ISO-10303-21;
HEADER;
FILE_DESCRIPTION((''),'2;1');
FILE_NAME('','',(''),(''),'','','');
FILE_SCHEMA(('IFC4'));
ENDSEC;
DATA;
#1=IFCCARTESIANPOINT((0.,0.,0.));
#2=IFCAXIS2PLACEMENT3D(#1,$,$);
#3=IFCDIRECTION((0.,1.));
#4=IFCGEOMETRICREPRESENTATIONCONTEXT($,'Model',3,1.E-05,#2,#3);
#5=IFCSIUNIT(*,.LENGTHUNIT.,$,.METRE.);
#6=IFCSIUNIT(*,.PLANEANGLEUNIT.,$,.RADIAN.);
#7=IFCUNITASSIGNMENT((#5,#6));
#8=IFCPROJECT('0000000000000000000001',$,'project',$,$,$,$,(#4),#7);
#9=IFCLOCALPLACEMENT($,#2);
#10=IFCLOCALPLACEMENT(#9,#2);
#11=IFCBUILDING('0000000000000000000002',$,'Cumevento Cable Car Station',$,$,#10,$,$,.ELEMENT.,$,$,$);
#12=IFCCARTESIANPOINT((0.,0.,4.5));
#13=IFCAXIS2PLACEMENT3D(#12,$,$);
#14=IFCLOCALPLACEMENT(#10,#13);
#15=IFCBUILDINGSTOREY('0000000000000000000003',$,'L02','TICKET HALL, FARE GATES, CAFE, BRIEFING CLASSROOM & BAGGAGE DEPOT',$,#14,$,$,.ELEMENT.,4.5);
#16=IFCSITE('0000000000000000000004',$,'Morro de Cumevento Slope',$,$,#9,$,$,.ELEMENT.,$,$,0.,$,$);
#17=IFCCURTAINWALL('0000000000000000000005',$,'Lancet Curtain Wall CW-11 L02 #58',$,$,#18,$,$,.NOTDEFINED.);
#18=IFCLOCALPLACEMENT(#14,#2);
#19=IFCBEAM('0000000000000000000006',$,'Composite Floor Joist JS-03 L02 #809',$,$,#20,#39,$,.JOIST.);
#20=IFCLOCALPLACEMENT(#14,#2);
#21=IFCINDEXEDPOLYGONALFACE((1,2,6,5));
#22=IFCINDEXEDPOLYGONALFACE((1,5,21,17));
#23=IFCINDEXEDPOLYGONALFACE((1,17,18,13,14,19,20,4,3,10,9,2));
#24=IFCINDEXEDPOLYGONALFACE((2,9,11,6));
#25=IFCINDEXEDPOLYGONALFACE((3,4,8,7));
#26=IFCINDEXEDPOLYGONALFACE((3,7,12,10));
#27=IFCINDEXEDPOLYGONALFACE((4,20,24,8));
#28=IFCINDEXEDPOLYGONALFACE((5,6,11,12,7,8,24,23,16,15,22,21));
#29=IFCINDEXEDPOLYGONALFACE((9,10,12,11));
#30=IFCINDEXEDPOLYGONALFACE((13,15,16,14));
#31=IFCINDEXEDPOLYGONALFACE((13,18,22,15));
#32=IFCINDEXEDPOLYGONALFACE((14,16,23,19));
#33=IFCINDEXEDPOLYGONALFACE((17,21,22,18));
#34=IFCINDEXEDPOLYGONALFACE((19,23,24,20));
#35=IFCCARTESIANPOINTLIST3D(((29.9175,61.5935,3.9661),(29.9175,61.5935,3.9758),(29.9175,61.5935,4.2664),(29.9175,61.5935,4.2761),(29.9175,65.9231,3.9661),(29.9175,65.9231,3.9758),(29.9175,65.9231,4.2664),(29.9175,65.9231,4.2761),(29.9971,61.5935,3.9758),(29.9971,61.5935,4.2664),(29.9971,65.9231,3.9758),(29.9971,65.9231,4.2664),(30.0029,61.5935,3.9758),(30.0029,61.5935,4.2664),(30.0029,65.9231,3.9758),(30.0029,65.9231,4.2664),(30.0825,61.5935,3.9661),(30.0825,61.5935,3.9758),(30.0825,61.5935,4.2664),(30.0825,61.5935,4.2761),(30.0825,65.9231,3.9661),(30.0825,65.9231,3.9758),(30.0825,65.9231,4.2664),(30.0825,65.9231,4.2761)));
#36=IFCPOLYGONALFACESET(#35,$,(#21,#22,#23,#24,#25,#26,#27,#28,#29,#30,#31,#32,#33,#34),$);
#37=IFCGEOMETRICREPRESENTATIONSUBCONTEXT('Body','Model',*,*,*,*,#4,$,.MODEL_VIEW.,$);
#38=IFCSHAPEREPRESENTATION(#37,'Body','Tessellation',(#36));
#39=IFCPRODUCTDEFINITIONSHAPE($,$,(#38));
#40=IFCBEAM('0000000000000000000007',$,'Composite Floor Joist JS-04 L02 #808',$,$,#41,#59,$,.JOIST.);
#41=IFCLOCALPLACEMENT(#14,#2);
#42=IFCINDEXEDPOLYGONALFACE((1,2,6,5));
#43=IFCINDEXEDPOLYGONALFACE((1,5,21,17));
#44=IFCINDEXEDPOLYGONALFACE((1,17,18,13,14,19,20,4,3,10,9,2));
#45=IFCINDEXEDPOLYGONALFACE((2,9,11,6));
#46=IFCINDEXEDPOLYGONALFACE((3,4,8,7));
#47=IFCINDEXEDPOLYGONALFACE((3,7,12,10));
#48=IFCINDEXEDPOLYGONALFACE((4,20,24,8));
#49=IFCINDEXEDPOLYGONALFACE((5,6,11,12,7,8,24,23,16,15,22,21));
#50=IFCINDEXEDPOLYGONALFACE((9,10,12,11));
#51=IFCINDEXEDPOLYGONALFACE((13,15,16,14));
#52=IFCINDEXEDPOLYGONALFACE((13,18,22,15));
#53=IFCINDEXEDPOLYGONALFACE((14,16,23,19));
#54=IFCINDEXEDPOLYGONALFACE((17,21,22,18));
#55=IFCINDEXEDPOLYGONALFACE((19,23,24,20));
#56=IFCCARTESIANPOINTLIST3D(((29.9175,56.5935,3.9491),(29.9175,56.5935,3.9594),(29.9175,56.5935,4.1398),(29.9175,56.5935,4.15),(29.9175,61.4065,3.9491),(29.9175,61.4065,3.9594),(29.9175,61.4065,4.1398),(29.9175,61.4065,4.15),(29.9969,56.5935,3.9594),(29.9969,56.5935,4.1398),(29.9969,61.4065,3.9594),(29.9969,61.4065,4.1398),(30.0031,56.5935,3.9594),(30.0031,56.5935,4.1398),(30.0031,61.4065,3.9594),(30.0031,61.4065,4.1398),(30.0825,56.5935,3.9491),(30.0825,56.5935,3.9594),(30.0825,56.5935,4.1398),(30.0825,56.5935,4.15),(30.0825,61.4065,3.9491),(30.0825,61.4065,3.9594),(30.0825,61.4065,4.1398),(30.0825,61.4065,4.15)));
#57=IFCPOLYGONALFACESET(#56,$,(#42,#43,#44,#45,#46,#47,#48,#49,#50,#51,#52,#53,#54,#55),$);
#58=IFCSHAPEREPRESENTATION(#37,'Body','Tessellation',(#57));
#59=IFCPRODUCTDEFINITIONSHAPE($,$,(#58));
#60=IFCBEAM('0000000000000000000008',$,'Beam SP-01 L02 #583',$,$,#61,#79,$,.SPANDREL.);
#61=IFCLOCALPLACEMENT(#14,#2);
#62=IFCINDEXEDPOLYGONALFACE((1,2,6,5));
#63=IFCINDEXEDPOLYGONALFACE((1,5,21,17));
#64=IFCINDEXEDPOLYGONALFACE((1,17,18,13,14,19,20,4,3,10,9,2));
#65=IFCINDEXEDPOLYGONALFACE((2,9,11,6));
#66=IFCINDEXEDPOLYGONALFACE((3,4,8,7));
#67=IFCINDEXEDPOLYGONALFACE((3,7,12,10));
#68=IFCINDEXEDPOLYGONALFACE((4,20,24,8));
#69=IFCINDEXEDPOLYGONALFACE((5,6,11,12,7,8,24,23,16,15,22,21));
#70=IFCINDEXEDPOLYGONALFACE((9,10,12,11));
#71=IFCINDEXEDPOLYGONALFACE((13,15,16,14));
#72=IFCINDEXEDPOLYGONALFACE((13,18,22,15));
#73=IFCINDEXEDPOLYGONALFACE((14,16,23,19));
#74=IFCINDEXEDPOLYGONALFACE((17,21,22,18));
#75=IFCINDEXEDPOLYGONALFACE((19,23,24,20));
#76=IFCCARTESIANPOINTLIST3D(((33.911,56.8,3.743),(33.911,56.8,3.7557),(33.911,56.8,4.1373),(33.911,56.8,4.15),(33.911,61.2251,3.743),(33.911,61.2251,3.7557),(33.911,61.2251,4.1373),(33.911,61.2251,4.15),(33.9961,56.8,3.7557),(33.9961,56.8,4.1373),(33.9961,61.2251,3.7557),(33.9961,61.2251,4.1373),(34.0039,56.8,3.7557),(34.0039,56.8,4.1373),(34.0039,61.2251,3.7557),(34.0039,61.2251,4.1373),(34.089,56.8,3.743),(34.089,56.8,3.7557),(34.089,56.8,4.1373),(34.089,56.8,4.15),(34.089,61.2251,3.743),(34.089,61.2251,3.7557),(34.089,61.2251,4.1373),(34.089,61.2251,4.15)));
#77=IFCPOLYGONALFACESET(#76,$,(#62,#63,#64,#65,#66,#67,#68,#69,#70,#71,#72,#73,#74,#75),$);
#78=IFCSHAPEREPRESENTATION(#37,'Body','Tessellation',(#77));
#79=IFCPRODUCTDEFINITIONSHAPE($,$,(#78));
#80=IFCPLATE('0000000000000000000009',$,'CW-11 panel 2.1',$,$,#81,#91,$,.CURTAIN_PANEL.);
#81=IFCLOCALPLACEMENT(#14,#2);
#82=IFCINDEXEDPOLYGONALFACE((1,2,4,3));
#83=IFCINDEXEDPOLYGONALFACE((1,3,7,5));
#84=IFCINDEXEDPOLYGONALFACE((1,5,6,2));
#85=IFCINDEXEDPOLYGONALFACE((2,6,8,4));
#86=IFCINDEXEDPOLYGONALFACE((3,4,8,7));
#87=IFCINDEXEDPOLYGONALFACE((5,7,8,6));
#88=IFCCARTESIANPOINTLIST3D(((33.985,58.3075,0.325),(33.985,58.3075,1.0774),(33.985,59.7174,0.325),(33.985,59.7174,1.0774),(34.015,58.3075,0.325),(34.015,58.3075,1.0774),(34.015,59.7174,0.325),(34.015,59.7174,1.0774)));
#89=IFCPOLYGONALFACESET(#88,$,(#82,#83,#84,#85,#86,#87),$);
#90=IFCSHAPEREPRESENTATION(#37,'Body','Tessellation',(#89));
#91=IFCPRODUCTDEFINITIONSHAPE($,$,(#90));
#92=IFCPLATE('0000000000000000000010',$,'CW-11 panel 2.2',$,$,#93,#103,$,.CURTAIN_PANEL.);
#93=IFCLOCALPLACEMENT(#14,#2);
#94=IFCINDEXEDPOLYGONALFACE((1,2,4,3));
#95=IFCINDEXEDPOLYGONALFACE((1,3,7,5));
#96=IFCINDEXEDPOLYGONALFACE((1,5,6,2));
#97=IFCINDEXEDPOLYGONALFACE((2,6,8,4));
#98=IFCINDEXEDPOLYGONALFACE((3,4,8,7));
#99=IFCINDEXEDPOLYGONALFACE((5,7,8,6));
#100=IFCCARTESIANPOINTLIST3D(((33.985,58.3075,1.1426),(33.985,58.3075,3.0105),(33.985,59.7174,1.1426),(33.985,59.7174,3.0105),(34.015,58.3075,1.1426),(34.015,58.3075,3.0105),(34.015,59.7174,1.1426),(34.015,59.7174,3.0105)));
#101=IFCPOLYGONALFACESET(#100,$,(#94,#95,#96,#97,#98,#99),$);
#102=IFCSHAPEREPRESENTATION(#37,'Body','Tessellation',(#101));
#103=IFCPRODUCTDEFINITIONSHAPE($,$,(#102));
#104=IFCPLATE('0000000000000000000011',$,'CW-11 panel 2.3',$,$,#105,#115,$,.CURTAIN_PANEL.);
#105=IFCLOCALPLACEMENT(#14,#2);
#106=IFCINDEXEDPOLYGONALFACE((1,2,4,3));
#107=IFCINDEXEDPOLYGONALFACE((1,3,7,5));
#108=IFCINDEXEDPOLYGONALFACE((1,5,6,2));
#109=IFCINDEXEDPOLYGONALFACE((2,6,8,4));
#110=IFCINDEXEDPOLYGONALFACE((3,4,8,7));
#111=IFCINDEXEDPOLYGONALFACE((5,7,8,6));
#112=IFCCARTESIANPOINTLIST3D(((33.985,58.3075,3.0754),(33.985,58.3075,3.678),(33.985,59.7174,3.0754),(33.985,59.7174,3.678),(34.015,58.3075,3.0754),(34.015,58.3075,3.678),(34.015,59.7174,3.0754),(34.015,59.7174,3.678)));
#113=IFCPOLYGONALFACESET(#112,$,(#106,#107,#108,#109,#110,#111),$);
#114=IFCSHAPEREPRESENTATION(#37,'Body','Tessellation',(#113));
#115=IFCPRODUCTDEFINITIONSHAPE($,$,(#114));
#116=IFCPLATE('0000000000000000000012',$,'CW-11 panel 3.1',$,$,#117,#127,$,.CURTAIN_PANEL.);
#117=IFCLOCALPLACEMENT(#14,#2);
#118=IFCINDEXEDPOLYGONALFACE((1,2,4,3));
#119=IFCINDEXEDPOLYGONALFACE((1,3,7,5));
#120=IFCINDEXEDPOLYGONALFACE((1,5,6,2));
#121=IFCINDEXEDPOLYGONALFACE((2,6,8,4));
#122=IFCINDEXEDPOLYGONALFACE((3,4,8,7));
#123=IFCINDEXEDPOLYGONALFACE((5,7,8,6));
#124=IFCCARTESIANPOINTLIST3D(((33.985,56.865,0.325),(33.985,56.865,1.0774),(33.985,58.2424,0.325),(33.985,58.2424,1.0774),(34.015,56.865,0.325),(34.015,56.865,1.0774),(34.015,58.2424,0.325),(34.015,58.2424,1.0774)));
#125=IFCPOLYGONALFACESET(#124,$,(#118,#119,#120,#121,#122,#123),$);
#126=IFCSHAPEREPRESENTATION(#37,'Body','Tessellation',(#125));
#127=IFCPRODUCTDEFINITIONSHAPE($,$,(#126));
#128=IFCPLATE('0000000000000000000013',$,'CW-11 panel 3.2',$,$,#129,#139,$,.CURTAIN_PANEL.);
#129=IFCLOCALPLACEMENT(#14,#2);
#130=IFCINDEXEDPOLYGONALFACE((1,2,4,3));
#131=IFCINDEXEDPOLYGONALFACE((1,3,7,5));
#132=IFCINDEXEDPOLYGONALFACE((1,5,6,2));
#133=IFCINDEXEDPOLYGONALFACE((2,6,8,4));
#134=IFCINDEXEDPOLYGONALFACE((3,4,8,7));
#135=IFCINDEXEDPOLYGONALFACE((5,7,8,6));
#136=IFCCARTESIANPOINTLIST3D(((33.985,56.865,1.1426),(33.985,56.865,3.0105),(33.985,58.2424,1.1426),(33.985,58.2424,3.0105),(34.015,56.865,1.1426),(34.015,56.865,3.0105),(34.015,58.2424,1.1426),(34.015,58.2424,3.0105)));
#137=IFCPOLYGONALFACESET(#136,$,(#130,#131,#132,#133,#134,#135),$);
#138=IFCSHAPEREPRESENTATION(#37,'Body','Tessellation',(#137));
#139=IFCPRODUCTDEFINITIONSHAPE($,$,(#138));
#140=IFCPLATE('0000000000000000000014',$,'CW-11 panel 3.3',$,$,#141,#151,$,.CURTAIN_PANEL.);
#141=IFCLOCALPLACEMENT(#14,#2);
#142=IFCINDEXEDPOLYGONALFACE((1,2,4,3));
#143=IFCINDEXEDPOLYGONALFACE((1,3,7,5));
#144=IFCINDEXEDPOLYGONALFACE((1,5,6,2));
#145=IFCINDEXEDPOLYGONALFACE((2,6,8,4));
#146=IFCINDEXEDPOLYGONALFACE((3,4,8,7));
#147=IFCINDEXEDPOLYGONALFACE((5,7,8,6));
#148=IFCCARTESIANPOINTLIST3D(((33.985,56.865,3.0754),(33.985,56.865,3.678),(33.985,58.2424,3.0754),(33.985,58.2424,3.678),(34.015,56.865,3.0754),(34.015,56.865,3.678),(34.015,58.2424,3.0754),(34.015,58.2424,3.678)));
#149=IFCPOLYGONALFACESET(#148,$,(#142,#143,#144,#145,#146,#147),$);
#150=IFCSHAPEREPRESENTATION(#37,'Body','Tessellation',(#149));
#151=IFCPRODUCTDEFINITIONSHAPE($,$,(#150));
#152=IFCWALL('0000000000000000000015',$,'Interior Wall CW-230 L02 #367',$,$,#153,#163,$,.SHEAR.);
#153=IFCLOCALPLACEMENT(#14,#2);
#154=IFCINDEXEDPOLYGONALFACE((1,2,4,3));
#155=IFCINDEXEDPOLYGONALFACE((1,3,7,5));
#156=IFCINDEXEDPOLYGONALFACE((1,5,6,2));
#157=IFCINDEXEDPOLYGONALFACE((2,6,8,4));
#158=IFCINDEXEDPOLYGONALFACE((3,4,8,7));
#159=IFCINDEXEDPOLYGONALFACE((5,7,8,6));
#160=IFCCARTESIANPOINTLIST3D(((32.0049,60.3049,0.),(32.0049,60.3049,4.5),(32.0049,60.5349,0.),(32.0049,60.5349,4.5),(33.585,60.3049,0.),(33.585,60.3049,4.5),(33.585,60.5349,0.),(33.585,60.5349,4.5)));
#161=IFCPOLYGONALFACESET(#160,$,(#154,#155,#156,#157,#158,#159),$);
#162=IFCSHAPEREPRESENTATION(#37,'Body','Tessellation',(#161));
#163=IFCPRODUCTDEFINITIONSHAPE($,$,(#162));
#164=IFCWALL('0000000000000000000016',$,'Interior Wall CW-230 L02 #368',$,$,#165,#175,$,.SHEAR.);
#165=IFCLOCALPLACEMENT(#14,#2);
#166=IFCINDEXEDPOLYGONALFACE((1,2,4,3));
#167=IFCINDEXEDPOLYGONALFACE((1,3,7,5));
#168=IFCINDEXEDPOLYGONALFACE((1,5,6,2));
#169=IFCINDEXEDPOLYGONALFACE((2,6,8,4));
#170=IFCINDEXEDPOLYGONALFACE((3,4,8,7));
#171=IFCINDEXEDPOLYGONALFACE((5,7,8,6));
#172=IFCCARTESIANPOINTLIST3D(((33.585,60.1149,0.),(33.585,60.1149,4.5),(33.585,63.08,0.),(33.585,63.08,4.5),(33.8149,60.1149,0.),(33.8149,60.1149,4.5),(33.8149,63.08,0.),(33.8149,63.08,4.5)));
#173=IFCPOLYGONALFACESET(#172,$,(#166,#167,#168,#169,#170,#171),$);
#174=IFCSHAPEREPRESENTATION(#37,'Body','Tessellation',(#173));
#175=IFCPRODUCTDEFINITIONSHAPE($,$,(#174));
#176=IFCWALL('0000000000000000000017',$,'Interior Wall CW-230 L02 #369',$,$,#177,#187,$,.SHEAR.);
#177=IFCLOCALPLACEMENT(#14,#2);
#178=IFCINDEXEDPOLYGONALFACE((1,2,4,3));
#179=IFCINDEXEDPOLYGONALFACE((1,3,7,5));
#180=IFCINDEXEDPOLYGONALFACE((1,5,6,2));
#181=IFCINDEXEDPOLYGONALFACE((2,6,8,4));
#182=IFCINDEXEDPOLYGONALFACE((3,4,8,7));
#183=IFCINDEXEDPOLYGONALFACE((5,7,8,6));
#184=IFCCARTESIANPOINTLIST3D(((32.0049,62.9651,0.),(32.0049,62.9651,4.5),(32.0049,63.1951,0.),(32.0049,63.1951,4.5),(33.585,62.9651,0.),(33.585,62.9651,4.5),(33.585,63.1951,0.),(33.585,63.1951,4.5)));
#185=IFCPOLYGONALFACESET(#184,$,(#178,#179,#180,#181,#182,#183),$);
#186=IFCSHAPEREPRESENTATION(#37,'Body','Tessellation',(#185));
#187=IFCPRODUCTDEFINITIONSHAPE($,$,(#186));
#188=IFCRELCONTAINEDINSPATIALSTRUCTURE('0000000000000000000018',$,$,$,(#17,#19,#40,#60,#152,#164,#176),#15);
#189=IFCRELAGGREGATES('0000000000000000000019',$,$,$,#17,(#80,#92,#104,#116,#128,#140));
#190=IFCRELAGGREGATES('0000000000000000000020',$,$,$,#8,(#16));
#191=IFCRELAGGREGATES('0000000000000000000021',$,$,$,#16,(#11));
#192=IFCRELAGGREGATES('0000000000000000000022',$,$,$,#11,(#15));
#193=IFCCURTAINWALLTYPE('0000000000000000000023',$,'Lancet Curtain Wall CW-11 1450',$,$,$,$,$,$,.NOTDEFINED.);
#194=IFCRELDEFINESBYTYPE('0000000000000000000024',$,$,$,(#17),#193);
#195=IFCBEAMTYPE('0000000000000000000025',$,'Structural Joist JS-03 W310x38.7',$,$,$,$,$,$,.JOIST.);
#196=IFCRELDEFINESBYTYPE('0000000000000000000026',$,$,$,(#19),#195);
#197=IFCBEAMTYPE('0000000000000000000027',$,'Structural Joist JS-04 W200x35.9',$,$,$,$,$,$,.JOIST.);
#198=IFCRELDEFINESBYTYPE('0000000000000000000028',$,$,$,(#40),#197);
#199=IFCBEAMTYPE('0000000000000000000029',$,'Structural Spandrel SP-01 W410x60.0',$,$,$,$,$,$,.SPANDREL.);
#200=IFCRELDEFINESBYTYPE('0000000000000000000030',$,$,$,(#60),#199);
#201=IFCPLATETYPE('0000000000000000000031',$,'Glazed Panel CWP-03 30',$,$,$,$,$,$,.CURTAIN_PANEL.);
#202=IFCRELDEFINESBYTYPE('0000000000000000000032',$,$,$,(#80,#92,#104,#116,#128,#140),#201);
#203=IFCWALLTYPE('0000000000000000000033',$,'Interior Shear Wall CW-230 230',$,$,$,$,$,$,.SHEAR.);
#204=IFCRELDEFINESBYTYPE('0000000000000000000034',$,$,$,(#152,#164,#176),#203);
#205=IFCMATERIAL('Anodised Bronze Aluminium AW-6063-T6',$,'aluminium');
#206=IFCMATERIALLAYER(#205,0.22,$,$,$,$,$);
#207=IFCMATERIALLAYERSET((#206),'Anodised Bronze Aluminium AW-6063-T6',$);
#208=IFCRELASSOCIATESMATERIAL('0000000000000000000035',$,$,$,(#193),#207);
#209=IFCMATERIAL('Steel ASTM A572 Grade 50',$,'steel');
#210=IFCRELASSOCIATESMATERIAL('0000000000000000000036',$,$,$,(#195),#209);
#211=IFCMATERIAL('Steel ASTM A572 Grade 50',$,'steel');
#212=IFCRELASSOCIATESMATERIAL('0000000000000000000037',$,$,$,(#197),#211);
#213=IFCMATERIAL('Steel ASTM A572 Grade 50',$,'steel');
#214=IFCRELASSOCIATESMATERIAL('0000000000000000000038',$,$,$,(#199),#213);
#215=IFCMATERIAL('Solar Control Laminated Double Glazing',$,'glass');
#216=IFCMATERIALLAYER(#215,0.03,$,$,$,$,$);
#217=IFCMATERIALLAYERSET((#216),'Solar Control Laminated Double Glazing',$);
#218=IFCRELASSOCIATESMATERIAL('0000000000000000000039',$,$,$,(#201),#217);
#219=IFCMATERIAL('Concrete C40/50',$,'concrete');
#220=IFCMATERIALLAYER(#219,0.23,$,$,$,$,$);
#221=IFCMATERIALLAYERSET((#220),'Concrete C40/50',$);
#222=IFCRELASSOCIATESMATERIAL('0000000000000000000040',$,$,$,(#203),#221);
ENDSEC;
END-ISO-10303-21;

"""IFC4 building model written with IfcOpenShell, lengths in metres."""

from ifc_helpers import new_model, si_unit, direction, frame, frame_2d, origin, origin_2d, place, context, subcontext, project, spatial, rectangle, i_section, extrude, material, layer, layer_set, material_profile, profile_set, type_object, element, aggregate, save


model = new_model("IFC4")

# Units and contexts
model_context = context("Model", 3, precision=1e-05, world=origin(), true_north=direction((0.0, 1.0)))
body_context = subcontext(model_context, "Body", "Model", "MODEL_VIEW")
ifc_project = project(units=[si_unit("LENGTHUNIT", "METRE"), si_unit("PLANEANGLEUNIT", "RADIAN")], contexts=[model_context])

# Site, building, storey
site_placement = place(None, origin())
site = spatial("IfcSite", under=ifc_project, at=site_placement, Name="Morro de Cumevento Slope", CompositionType="ELEMENT", RefElevation=0.0)
building_placement = place(site_placement, origin())
building = spatial("IfcBuilding", under=site, at=building_placement, Name="Cumevento Cable Car Station", CompositionType="ELEMENT")
storey_placement = place(building_placement, frame((0.0, 0.0, 4.5)))
storey = spatial("IfcBuildingStorey", under=building, at=storey_placement, Name="L02", Description="TICKET HALL, FARE GATES, CAFE, BRIEFING CLASSROOM & BAGGAGE DEPOT", CompositionType="ELEMENT", Elevation=4.5)

# Curtain wall
ifc_material_1 = material(Name="Anodised Bronze Aluminium AW-6063-T6", Category="aluminium")
ifc_layer_1 = layer(ifc_material_1, 0.22)
ifc_layer_set_1 = layer_set([ifc_layer_1], Name="Anodised Bronze Aluminium AW-6063-T6")
curtain_wall_type = type_object("IfcCurtainWallType", Name="Lancet Curtain Wall CW-11 1450", PredefinedType="NOTDEFINED", material=ifc_layer_set_1)
curtain_wall_placement = place(storey_placement, origin())
curtain_wall = element("IfcCurtainWall", 1, at=curtain_wall_placement, inside=storey, type_object=curtain_wall_type, Name="Lancet Curtain Wall CW-11 L02 #58", PredefinedType="NOTDEFINED")

# Beams
ifc_material_2 = material(Name="Steel ASTM A572 Grade 50", Category="steel")
ifc_material_profile_1 = material_profile(ifc_material_2, i_section(OverallWidth=0.165, OverallDepth=0.3101, WebThickness=0.0059, FlangeThickness=0.0098, at=origin_2d()), Name="W310x38.7")
ifc_profile_set_1 = profile_set([ifc_material_profile_1], Name="Steel ASTM A572 Grade 50")
beam_type_1 = type_object("IfcBeamType", Name="Structural Joist JS-03 W310x38.7", PredefinedType="JOIST", material=ifc_profile_set_1)
beam_1_placement = place(storey_placement, frame((30.0, 61.5935, 4.1211), z_axis=(0.0, 1.0, 0.0), x_axis=(-1.0, 0.0, 0.0)))
element("IfcBeam", 2, at=beam_1_placement, inside=storey, type_object=beam_type_1, Name="Composite Floor Joist JS-03 L02 #809", PredefinedType="JOIST", context=body_context, shape_type="SweptSolid", body=[
    extrude(i_section(OverallWidth=0.165, OverallDepth=0.3101, WebThickness=0.0059, FlangeThickness=0.0098, at=origin_2d()), origin(), (0.0, 0.0, 1.0), 4.3296),
])
ifc_material_3 = material(Name="Steel ASTM A572 Grade 50", Category="steel")
ifc_material_profile_2 = material_profile(ifc_material_3, i_section(OverallWidth=0.165, OverallDepth=0.2009, WebThickness=0.0061, FlangeThickness=0.0103, at=origin_2d()), Name="W200x35.9")
ifc_profile_set_2 = profile_set([ifc_material_profile_2], Name="Steel ASTM A572 Grade 50")
beam_type_2 = type_object("IfcBeamType", Name="Structural Joist JS-04 W200x35.9", PredefinedType="JOIST", material=ifc_profile_set_2)
beam_2_placement = place(storey_placement, frame((30.0, 56.5935, 4.0496), z_axis=(0.0, 1.0, 0.0), x_axis=(-1.0, 0.0, 0.0)))
element("IfcBeam", 3, at=beam_2_placement, inside=storey, type_object=beam_type_2, Name="Composite Floor Joist JS-04 L02 #808", PredefinedType="JOIST", context=body_context, shape_type="SweptSolid", body=[
    extrude(i_section(OverallWidth=0.165, OverallDepth=0.2009, WebThickness=0.0061, FlangeThickness=0.0103, at=origin_2d()), origin(), (0.0, 0.0, 1.0), 4.813),
])
ifc_material_4 = material(Name="Steel ASTM A572 Grade 50", Category="steel")
ifc_material_profile_3 = material_profile(ifc_material_4, i_section(OverallWidth=0.178, OverallDepth=0.407, WebThickness=0.0078, FlangeThickness=0.0127, at=origin_2d()), Name="W410x60.0")
ifc_profile_set_3 = profile_set([ifc_material_profile_3], Name="Steel ASTM A572 Grade 50")
beam_type_3 = type_object("IfcBeamType", Name="Structural Spandrel SP-01 W410x60.0", PredefinedType="SPANDREL", material=ifc_profile_set_3)
beam_3_placement = place(storey_placement, frame((34.0, 56.8, 3.9465), z_axis=(0.0, 1.0, 0.0), x_axis=(-1.0, 0.0, 0.0)))
element("IfcBeam", 4, at=beam_3_placement, inside=storey, type_object=beam_type_3, Name="Beam SP-01 L02 #583", PredefinedType="SPANDREL", context=body_context, shape_type="SweptSolid", body=[
    extrude(i_section(OverallWidth=0.178, OverallDepth=0.407, WebThickness=0.0078, FlangeThickness=0.0127, at=origin_2d()), origin(), (0.0, 0.0, 1.0), 4.425),
])

# Plates
ifc_material_5 = material(Name="Solar Control Laminated Double Glazing", Category="glass")
ifc_layer_2 = layer(ifc_material_5, 0.03)
ifc_layer_set_2 = layer_set([ifc_layer_2], Name="Solar Control Laminated Double Glazing")
plate_type = type_object("IfcPlateType", Name="Glazed Panel CWP-03 30", PredefinedType="CURTAIN_PANEL", material=ifc_layer_set_2)
plate_1_placement = place(storey_placement, frame((34.0, 59.0125, 0.325), z_axis=(0.0, 0.0, 1.0), x_axis=(0.0, -1.0, 0.0)))
plate_1 = element("IfcPlate", 5, at=plate_1_placement, type_object=plate_type, Name="CW-11 panel 2.1", PredefinedType="CURTAIN_PANEL", context=body_context, shape_type="SweptSolid", body=[
    extrude(rectangle(XDim=1.4099, YDim=0.03, at=origin_2d()), origin(), (0.0, 0.0, 1.0), 0.7524),
])
plate_2_placement = place(storey_placement, frame((34.0, 59.0125, 1.1426), z_axis=(0.0, 0.0, 1.0), x_axis=(0.0, -1.0, 0.0)))
plate_2 = element("IfcPlate", 6, at=plate_2_placement, type_object=plate_type, Name="CW-11 panel 2.2", PredefinedType="CURTAIN_PANEL", context=body_context, shape_type="SweptSolid", body=[
    extrude(rectangle(XDim=1.4099, YDim=0.03, at=origin_2d()), origin(), (0.0, 0.0, 1.0), 1.8679),
])
plate_3_placement = place(storey_placement, frame((34.0, 59.0125, 3.0754), z_axis=(0.0, 0.0, 1.0), x_axis=(0.0, -1.0, 0.0)))
plate_3 = element("IfcPlate", 7, at=plate_3_placement, type_object=plate_type, Name="CW-11 panel 2.3", PredefinedType="CURTAIN_PANEL", context=body_context, shape_type="SweptSolid", body=[
    extrude(rectangle(XDim=1.4099, YDim=0.03, at=origin_2d()), origin(), (0.0, 0.0, 1.0), 0.6025),
])
plate_4_placement = place(storey_placement, frame((34.0, 57.5537, 0.325), z_axis=(0.0, 0.0, 1.0), x_axis=(0.0, -1.0, 0.0)))
plate_4 = element("IfcPlate", 8, at=plate_4_placement, type_object=plate_type, Name="CW-11 panel 3.1", PredefinedType="CURTAIN_PANEL", context=body_context, shape_type="SweptSolid", body=[
    extrude(rectangle(XDim=1.3774, YDim=0.03, at=origin_2d()), origin(), (0.0, 0.0, 1.0), 0.7524),
])
plate_5_placement = place(storey_placement, frame((34.0, 57.5537, 1.1426), z_axis=(0.0, 0.0, 1.0), x_axis=(0.0, -1.0, 0.0)))
plate_5 = element("IfcPlate", 9, at=plate_5_placement, type_object=plate_type, Name="CW-11 panel 3.2", PredefinedType="CURTAIN_PANEL", context=body_context, shape_type="SweptSolid", body=[
    extrude(rectangle(XDim=1.3774, YDim=0.03, at=origin_2d()), origin(), (0.0, 0.0, 1.0), 1.8679),
])
plate_6_placement = place(storey_placement, frame((34.0, 57.5537, 3.0754), z_axis=(0.0, 0.0, 1.0), x_axis=(0.0, -1.0, 0.0)))
plate_6 = element("IfcPlate", 10, at=plate_6_placement, type_object=plate_type, Name="CW-11 panel 3.3", PredefinedType="CURTAIN_PANEL", context=body_context, shape_type="SweptSolid", body=[
    extrude(rectangle(XDim=1.3774, YDim=0.03, at=origin_2d()), origin(), (0.0, 0.0, 1.0), 0.6025),
])
aggregate(curtain_wall, [plate_1, plate_2, plate_3, plate_4, plate_5, plate_6])

# Walls
ifc_material_6 = material(Name="Concrete C40/50", Category="concrete")
ifc_layer_3 = layer(ifc_material_6, 0.23)
ifc_layer_set_3 = layer_set([ifc_layer_3], Name="Concrete C40/50")
wall_type_1 = type_object("IfcWallType", Name="Interior Shear Wall CW-230 230", PredefinedType="SHEAR", material=ifc_layer_set_3)
wall_1_placement = place(storey_placement, frame((32.0049, 60.4199, 0.0), z_axis=(0.0, 0.0, 1.0), x_axis=(1.0, 0.0, 0.0)))
element("IfcWall", 11, at=wall_1_placement, inside=storey, type_object=wall_type_1, Name="Interior Wall CW-230 L02 #367", PredefinedType="SHEAR", context=body_context, shape_type="SweptSolid", body=[
    extrude(rectangle(XDim=1.5801, YDim=0.23, at=frame_2d((0.79, 0.0))), origin(), (0.0, 0.0, 1.0), 4.5),
])
wall_2_placement = place(storey_placement, frame((33.7, 60.115, 0.0), z_axis=(0.0, 0.0, 1.0), x_axis=(0.0, 1.0, 0.0)))
element("IfcWall", 12, at=wall_2_placement, inside=storey, type_object=wall_type_1, Name="Interior Wall CW-230 L02 #368", PredefinedType="SHEAR", context=body_context, shape_type="SweptSolid", body=[
    extrude(rectangle(XDim=2.9651, YDim=0.23, at=frame_2d((1.4824, 0.0))), origin(), (0.0, 0.0, 1.0), 4.5),
])
wall_3_placement = place(storey_placement, frame((32.0049, 63.0801, 0.0), z_axis=(0.0, 0.0, 1.0), x_axis=(1.0, 0.0, 0.0)))
element("IfcWall", 13, at=wall_3_placement, inside=storey, type_object=wall_type_1, Name="Interior Wall CW-230 L02 #369", PredefinedType="SHEAR", context=body_context, shape_type="SweptSolid", body=[
    extrude(rectangle(XDim=1.5801, YDim=0.23, at=frame_2d((0.79, 0.0))), origin(), (0.0, 0.0, 1.0), 4.5),
])

save(model, "model.ifc")
